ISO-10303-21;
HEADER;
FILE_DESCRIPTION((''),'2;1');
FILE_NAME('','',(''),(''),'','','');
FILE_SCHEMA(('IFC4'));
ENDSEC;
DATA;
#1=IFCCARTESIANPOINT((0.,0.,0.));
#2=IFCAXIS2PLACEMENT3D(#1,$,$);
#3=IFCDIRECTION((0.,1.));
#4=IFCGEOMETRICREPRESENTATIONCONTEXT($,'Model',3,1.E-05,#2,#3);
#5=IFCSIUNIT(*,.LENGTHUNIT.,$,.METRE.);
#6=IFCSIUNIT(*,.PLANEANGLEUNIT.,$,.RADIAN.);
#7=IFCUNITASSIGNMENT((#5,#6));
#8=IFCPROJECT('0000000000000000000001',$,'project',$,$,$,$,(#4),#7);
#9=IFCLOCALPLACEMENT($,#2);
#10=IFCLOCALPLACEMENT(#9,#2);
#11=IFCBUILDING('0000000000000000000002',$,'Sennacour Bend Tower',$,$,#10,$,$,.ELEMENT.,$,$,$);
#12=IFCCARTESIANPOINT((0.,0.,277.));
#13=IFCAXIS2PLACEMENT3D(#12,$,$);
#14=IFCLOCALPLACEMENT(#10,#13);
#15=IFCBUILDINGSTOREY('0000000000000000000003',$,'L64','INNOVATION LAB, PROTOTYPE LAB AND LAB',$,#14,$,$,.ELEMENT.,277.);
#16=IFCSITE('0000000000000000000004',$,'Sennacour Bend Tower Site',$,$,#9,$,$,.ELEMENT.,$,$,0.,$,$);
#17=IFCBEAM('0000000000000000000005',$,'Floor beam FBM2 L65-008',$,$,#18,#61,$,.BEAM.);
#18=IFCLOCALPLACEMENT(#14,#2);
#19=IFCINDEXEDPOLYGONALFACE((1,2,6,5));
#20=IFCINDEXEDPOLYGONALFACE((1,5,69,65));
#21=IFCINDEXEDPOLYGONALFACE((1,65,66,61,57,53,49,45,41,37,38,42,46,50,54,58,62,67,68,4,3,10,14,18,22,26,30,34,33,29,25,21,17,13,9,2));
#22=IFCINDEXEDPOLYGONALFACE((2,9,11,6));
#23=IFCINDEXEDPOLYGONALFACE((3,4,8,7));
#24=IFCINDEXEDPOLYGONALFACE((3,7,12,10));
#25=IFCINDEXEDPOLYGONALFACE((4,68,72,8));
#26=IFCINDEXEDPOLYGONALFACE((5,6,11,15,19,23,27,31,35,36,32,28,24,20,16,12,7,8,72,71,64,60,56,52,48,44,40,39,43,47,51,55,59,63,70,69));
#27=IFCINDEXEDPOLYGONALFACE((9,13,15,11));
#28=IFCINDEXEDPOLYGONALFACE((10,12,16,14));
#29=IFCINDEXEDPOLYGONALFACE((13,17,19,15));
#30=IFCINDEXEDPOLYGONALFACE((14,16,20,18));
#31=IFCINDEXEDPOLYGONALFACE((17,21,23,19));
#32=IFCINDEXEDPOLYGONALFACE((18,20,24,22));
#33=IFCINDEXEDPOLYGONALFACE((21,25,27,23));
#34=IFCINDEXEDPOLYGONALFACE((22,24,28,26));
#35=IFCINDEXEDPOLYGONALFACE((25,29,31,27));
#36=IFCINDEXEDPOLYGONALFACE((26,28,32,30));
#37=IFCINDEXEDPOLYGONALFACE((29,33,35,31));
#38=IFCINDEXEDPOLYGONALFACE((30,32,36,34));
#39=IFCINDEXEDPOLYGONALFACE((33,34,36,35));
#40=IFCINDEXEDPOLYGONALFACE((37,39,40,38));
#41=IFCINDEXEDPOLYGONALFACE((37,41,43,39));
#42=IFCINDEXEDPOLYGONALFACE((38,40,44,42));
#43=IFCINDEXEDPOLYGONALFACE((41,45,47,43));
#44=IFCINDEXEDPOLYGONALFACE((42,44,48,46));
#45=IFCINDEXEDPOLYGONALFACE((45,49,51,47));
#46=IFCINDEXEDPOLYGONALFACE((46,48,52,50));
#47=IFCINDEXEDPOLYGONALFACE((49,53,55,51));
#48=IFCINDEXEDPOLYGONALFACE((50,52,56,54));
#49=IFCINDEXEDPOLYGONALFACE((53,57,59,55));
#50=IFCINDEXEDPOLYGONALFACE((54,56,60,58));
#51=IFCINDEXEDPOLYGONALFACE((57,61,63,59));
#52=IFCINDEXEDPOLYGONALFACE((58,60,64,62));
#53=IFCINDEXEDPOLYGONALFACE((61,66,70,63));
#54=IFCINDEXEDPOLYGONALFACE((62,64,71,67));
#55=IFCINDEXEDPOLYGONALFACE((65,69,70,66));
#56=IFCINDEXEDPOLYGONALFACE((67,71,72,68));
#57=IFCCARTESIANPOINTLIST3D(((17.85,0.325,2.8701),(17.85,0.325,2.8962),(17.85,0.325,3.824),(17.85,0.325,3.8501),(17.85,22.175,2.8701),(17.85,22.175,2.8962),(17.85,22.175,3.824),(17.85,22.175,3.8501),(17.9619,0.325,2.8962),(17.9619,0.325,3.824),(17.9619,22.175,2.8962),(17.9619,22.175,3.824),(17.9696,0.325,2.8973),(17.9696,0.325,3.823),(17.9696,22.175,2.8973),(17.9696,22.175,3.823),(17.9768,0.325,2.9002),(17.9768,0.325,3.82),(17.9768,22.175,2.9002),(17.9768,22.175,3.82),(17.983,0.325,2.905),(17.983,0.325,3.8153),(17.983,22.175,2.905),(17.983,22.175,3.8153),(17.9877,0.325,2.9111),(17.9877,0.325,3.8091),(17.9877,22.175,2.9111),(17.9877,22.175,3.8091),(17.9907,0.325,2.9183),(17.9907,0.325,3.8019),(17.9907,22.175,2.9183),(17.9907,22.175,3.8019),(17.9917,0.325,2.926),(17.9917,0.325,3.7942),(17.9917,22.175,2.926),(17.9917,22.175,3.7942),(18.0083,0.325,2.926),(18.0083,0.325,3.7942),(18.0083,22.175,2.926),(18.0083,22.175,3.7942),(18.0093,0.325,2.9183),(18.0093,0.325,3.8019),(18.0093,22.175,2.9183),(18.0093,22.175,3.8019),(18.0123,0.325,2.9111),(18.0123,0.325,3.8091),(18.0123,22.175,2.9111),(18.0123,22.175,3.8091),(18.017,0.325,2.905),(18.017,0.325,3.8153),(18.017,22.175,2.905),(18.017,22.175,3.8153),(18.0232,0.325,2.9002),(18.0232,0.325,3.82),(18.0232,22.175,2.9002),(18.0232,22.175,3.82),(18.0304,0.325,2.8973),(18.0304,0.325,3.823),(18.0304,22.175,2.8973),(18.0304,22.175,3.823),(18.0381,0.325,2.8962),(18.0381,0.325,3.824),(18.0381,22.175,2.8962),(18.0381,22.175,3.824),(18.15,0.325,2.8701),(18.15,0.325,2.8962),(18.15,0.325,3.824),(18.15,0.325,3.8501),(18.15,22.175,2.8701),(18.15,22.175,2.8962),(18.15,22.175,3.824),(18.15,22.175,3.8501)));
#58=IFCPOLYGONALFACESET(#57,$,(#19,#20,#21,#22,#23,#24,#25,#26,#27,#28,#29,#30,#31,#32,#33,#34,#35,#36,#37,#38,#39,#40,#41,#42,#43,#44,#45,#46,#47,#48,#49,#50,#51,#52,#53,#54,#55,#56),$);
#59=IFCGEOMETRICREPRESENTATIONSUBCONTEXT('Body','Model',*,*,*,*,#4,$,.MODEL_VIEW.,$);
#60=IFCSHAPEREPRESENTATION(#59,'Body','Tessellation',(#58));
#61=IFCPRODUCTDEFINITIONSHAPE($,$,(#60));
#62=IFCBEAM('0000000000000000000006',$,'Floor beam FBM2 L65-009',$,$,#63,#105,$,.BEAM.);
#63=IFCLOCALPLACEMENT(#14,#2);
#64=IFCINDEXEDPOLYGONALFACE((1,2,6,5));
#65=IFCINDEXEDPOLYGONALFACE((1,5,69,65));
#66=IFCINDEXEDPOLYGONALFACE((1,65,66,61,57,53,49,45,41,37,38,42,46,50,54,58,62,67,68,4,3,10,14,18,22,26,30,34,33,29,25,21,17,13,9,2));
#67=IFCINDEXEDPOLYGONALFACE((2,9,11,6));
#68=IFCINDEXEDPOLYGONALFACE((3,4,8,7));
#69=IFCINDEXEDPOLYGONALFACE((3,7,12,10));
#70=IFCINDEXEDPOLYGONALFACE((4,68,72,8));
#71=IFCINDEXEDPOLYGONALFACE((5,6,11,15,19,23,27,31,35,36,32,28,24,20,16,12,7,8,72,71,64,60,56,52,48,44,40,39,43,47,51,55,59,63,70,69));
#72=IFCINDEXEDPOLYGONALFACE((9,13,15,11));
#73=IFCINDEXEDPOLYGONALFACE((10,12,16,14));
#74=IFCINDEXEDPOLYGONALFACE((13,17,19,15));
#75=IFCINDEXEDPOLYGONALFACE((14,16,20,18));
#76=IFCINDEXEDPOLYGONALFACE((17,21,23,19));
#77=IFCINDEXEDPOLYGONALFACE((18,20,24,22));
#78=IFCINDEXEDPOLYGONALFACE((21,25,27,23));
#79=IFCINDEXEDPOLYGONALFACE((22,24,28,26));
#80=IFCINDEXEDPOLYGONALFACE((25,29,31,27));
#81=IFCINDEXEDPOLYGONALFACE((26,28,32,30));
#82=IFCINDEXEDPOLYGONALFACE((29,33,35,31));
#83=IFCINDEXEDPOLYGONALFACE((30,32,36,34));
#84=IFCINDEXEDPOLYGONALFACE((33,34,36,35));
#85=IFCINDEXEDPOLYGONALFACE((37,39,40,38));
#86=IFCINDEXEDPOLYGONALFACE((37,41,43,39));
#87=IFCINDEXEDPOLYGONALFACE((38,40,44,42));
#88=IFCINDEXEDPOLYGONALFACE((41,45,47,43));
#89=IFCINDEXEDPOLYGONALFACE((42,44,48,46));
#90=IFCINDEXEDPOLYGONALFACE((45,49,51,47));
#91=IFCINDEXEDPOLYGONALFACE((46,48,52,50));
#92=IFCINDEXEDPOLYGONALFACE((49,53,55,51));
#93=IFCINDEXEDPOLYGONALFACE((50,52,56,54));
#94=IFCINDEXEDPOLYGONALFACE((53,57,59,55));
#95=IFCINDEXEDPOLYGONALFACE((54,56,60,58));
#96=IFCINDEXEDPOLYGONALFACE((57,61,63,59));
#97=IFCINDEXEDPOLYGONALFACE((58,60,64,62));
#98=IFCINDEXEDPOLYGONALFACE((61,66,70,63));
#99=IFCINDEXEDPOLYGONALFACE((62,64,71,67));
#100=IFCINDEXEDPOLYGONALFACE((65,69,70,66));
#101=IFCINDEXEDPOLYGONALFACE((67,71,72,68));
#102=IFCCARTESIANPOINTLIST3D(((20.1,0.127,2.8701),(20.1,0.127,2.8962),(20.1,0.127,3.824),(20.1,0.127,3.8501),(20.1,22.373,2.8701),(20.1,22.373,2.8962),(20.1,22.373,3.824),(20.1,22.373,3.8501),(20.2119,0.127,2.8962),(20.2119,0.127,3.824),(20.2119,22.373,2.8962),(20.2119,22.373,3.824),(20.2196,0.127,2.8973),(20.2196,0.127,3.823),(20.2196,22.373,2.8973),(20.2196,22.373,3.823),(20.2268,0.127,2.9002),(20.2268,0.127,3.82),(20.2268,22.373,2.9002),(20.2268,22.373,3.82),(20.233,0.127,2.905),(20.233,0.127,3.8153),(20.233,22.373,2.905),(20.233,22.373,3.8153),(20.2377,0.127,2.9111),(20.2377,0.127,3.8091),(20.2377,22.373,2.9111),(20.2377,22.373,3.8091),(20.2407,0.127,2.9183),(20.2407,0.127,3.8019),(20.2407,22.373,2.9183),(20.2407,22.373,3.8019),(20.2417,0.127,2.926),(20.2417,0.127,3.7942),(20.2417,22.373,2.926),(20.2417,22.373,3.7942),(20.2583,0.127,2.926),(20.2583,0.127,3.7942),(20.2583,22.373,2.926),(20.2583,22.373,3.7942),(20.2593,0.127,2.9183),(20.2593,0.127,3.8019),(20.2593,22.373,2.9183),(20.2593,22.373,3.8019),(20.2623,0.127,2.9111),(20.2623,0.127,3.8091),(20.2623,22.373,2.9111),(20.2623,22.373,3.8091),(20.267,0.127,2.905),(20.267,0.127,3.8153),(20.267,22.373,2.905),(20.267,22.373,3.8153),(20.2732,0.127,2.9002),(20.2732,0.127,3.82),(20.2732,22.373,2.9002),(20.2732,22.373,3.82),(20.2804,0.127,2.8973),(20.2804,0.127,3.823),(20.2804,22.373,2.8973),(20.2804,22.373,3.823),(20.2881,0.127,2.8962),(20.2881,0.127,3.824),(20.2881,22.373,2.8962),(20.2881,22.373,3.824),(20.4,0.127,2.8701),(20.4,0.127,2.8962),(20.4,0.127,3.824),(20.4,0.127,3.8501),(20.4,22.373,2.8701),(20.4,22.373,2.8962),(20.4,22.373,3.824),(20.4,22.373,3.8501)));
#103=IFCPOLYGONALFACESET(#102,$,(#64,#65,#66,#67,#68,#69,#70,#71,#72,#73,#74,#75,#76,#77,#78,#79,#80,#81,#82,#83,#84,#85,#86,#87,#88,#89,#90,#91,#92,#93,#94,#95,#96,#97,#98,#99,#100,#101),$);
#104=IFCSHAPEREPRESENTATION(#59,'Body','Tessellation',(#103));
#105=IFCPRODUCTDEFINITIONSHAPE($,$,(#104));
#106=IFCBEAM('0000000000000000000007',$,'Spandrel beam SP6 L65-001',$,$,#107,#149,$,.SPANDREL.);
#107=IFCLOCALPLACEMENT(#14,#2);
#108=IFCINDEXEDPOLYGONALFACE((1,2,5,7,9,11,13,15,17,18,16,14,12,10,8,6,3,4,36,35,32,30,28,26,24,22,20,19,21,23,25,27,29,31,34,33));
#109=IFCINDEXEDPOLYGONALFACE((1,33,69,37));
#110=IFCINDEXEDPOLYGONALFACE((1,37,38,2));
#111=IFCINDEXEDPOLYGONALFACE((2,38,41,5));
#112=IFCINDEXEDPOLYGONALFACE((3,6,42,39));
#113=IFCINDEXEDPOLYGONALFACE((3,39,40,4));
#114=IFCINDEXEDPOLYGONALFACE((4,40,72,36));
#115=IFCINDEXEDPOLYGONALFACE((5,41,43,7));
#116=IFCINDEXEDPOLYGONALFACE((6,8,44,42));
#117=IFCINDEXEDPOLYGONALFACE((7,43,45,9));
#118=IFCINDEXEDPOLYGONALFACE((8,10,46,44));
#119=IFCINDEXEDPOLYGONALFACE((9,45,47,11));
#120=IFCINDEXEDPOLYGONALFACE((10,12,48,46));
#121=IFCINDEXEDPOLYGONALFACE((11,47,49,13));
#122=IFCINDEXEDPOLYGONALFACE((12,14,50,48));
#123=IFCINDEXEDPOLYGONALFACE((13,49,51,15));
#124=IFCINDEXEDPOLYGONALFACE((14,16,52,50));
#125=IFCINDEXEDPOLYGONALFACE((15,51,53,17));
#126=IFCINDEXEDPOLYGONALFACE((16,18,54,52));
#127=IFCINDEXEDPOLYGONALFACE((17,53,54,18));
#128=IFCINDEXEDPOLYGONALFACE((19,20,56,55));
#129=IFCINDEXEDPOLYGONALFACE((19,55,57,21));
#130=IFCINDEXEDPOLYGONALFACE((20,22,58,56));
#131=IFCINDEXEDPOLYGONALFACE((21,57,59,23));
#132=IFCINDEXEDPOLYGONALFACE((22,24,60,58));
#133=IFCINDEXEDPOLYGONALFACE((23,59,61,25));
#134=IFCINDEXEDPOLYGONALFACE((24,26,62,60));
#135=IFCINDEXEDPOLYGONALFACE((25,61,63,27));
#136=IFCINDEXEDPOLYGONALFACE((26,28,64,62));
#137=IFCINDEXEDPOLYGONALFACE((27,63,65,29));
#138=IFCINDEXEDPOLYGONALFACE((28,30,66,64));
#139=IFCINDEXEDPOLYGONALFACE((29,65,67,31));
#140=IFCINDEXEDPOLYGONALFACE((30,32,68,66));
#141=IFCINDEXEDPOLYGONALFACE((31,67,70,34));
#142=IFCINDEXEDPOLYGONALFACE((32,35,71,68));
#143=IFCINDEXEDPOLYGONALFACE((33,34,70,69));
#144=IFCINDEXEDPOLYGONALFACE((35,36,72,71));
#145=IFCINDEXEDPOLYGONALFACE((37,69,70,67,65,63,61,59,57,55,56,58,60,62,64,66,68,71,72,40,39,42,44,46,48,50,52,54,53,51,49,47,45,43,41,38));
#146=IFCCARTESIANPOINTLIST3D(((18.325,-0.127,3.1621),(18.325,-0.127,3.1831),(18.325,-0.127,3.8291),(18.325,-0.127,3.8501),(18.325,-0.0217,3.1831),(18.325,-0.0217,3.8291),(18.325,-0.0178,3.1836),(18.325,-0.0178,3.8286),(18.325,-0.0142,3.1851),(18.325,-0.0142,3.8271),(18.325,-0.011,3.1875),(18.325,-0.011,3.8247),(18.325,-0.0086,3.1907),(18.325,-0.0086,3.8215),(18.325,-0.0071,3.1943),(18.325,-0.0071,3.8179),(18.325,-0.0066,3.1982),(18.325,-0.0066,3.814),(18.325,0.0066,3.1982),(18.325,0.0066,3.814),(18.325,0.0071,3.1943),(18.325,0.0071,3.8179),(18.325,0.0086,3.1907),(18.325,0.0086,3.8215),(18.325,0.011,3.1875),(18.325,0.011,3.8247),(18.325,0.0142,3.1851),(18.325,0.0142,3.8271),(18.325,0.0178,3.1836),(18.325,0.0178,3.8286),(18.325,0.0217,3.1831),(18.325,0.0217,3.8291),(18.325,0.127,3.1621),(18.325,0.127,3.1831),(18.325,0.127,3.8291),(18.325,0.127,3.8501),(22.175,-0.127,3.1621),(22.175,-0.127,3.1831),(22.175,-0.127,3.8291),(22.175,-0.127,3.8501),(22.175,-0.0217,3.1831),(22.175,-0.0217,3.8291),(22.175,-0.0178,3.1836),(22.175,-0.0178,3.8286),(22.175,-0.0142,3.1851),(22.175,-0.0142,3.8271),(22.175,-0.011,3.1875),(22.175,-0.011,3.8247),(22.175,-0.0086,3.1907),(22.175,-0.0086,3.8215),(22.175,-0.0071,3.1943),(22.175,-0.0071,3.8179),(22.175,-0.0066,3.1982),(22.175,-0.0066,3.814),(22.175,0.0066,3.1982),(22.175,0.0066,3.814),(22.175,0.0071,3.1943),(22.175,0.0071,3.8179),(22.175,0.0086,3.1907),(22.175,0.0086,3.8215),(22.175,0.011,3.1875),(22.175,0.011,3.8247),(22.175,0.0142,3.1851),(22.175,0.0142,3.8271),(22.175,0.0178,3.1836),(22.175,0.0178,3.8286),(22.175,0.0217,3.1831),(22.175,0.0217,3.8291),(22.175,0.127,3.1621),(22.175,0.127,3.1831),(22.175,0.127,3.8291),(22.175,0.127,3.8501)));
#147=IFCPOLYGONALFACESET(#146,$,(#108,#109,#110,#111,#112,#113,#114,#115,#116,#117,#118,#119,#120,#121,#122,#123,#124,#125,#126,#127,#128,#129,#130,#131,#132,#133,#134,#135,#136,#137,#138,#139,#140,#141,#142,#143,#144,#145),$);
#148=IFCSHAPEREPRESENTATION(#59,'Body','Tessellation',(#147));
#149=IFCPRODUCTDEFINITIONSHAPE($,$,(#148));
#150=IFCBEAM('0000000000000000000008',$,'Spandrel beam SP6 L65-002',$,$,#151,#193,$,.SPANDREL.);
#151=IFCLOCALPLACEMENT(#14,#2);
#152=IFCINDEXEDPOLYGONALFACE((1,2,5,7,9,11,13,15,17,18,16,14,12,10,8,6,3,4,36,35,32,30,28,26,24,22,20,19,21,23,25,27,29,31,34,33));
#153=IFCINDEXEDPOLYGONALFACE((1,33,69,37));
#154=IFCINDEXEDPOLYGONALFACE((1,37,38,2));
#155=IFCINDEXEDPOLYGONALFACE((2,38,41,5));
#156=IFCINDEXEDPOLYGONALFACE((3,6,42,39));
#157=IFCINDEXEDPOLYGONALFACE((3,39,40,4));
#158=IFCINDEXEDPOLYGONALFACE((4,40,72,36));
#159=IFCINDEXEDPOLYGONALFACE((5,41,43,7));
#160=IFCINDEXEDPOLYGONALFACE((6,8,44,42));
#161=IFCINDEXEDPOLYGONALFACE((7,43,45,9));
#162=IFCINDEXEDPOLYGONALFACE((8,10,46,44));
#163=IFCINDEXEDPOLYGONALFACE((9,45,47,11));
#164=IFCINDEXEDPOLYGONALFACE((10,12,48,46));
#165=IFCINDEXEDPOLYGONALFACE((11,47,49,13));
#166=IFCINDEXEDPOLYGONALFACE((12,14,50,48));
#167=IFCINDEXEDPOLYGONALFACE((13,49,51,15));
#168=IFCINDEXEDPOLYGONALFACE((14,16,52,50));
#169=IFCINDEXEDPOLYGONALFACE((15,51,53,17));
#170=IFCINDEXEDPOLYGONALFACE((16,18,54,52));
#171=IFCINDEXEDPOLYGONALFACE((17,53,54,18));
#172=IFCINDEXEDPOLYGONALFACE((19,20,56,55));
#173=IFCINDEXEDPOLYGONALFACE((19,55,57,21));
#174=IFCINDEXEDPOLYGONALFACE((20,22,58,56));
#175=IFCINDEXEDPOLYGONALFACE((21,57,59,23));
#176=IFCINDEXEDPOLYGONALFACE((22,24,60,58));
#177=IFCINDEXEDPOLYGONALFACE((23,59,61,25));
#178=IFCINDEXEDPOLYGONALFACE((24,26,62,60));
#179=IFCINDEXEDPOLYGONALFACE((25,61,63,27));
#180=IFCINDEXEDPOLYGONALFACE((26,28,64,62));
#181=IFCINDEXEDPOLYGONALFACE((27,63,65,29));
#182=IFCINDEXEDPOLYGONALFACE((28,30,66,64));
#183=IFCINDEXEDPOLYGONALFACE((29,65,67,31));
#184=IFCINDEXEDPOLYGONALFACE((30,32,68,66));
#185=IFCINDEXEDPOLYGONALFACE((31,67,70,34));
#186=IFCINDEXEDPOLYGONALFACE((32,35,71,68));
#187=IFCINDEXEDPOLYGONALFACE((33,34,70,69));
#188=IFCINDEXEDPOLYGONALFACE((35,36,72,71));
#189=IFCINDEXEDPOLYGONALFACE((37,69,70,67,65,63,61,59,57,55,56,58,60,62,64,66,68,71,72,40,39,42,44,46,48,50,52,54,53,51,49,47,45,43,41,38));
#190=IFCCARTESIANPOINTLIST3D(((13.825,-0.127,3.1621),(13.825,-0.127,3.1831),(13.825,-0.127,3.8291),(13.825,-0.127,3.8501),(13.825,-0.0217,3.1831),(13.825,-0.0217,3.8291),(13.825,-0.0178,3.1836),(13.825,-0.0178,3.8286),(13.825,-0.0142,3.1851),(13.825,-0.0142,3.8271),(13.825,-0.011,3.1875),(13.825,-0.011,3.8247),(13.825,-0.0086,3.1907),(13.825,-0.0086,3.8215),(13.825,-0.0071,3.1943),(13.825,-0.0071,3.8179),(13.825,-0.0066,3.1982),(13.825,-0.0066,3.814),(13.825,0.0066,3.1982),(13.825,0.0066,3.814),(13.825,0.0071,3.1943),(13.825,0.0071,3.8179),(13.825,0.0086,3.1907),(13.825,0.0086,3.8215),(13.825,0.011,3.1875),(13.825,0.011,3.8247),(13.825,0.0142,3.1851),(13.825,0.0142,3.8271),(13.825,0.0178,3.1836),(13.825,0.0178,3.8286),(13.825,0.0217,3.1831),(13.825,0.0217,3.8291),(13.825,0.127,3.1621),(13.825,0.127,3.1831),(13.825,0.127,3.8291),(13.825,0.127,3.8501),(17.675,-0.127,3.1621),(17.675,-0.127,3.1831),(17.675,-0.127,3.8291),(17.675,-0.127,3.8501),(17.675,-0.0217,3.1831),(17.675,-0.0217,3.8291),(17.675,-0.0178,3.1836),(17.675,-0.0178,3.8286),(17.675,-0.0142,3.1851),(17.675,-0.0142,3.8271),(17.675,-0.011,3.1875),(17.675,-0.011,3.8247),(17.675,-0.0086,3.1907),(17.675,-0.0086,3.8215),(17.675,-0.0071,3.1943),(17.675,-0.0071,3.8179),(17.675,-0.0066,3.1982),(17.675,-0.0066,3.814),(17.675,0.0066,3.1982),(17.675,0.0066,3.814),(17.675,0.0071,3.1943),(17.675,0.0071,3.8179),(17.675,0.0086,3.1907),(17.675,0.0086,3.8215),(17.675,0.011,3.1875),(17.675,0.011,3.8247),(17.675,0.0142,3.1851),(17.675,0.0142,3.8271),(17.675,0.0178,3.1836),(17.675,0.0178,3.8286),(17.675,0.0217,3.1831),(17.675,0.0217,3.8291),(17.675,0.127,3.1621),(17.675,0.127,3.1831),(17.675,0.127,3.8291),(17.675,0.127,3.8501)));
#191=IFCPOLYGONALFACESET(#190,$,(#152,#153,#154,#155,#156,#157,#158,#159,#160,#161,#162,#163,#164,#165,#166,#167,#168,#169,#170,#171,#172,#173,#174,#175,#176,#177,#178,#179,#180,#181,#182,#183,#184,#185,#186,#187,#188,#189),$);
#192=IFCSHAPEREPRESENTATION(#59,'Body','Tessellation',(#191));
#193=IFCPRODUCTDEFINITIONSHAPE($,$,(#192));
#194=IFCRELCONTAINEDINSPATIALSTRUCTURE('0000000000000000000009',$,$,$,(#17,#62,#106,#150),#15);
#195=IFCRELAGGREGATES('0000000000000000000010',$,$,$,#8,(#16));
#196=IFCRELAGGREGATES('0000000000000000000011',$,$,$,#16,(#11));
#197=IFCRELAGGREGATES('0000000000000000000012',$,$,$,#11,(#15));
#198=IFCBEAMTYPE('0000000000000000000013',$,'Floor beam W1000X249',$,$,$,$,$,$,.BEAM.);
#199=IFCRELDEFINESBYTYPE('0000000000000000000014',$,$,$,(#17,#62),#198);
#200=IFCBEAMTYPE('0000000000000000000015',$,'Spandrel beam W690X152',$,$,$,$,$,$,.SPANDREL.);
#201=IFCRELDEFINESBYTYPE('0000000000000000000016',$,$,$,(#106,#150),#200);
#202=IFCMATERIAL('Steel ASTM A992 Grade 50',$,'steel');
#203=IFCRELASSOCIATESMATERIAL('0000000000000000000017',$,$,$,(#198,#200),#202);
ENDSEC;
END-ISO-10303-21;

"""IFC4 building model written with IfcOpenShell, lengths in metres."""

from ifc_helpers import new_model, si_unit, direction, frame, origin, origin_2d, place, context, subcontext, project, spatial, i_section, extrude, material, material_profile, profile_set, type_object, element, save


model = new_model("IFC4")

# Units and contexts
model_context = context("Model", 3, precision=1e-05, world=origin(), true_north=direction((0.0, 1.0)))
body_context = subcontext(model_context, "Body", "Model", "MODEL_VIEW")
ifc_project = project(units=[si_unit("LENGTHUNIT", "METRE"), si_unit("PLANEANGLEUNIT", "RADIAN")], contexts=[model_context])

# Site, building, storey
site_placement = place(None, origin())
site = spatial("IfcSite", under=ifc_project, at=site_placement, Name="Sennacour Bend Tower Site", CompositionType="ELEMENT", RefElevation=0.0)
building_placement = place(site_placement, origin())
building = spatial("IfcBuilding", under=site, at=building_placement, Name="Sennacour Bend Tower", CompositionType="ELEMENT")
storey_placement = place(building_placement, frame((0.0, 0.0, 277.0)))
storey = spatial("IfcBuildingStorey", under=building, at=storey_placement, Name="L64", Description="INNOVATION LAB, PROTOTYPE LAB AND LAB", CompositionType="ELEMENT", Elevation=277.0)

# Beams
ifc_material_1 = material(Name="Steel ASTM A992 Grade 50", Category="steel")
ifc_material_profile_1 = material_profile(ifc_material_1, i_section(OverallWidth=0.3, OverallDepth=0.98, WebThickness=0.0166, FlangeThickness=0.0261, FilletRadius=0.0298, at=origin_2d()), Name="Steel ASTM A992 Grade 50", Category="steel")
ifc_profile_set_1 = profile_set([ifc_material_profile_1], Name="Steel ASTM A992 Grade 50")
beam_type_1 = type_object("IfcBeamType", Name="Floor beam W1000X249", PredefinedType="BEAM", material=ifc_profile_set_1)
beam_1_placement = place(storey_placement, frame((18.0, 0.325, 3.3601), z_axis=(0.0, 1.0, 0.0), x_axis=(-1.0, 0.0, 0.0)))
element("IfcBeam", 1, at=beam_1_placement, inside=storey, type_object=beam_type_1, Name="Floor beam FBM2 L65-008", PredefinedType="BEAM", context=body_context, shape_type="SweptSolid", body=[
    extrude(i_section(OverallWidth=0.3, OverallDepth=0.98, WebThickness=0.0166, FlangeThickness=0.0261, FilletRadius=0.0298, at=origin_2d()), origin(), (0.0, 0.0, 1.0), 21.8501),
])
beam_2_placement = place(storey_placement, frame((20.25, 0.127, 3.3601), z_axis=(0.0, 1.0, 0.0), x_axis=(-1.0, 0.0, 0.0)))
element("IfcBeam", 2, at=beam_2_placement, inside=storey, type_object=beam_type_1, Name="Floor beam FBM2 L65-009", PredefinedType="BEAM", context=body_context, shape_type="SweptSolid", body=[
    extrude(i_section(OverallWidth=0.3, OverallDepth=0.98, WebThickness=0.0166, FlangeThickness=0.0261, FilletRadius=0.0298, at=origin_2d()), origin(), (0.0, 0.0, 1.0), 22.2461),
])
ifc_material_profile_2 = material_profile(ifc_material_1, i_section(OverallWidth=0.2539, OverallDepth=0.688, WebThickness=0.0132, FlangeThickness=0.021, FilletRadius=0.0151, at=origin_2d()), Name="Steel ASTM A992 Grade 50", Category="steel")
ifc_profile_set_2 = profile_set([ifc_material_profile_2], Name="Steel ASTM A992 Grade 50")
beam_type_2 = type_object("IfcBeamType", Name="Spandrel beam W690X152", PredefinedType="SPANDREL", material=ifc_profile_set_2)
for number, where, z_axis, x_axis, name in (
    (3, (22.175, 0.0, 3.5061), (-1.0, 0.0, 0.0), (0.0, -1.0, 0.0), "Spandrel beam SP6 L65-001"),
    (4, (17.675, 0.0, 3.5061), (-1.0, 0.0, 0.0), (0.0, -1.0, 0.0), "Spandrel beam SP6 L65-002"),
):
    element("IfcBeam", number, at=place(storey_placement, frame(where, z_axis=z_axis, x_axis=x_axis)), inside=storey, type_object=beam_type_2, Name=name, PredefinedType="SPANDREL", context=body_context, shape_type="SweptSolid", body=[
        extrude(i_section(OverallWidth=0.2539, OverallDepth=0.688, WebThickness=0.0132, FlangeThickness=0.021, FilletRadius=0.0151, at=origin_2d()), origin(), (0.0, 0.0, 1.0), 3.8501),
    ])

save(model, "model.ifc")
